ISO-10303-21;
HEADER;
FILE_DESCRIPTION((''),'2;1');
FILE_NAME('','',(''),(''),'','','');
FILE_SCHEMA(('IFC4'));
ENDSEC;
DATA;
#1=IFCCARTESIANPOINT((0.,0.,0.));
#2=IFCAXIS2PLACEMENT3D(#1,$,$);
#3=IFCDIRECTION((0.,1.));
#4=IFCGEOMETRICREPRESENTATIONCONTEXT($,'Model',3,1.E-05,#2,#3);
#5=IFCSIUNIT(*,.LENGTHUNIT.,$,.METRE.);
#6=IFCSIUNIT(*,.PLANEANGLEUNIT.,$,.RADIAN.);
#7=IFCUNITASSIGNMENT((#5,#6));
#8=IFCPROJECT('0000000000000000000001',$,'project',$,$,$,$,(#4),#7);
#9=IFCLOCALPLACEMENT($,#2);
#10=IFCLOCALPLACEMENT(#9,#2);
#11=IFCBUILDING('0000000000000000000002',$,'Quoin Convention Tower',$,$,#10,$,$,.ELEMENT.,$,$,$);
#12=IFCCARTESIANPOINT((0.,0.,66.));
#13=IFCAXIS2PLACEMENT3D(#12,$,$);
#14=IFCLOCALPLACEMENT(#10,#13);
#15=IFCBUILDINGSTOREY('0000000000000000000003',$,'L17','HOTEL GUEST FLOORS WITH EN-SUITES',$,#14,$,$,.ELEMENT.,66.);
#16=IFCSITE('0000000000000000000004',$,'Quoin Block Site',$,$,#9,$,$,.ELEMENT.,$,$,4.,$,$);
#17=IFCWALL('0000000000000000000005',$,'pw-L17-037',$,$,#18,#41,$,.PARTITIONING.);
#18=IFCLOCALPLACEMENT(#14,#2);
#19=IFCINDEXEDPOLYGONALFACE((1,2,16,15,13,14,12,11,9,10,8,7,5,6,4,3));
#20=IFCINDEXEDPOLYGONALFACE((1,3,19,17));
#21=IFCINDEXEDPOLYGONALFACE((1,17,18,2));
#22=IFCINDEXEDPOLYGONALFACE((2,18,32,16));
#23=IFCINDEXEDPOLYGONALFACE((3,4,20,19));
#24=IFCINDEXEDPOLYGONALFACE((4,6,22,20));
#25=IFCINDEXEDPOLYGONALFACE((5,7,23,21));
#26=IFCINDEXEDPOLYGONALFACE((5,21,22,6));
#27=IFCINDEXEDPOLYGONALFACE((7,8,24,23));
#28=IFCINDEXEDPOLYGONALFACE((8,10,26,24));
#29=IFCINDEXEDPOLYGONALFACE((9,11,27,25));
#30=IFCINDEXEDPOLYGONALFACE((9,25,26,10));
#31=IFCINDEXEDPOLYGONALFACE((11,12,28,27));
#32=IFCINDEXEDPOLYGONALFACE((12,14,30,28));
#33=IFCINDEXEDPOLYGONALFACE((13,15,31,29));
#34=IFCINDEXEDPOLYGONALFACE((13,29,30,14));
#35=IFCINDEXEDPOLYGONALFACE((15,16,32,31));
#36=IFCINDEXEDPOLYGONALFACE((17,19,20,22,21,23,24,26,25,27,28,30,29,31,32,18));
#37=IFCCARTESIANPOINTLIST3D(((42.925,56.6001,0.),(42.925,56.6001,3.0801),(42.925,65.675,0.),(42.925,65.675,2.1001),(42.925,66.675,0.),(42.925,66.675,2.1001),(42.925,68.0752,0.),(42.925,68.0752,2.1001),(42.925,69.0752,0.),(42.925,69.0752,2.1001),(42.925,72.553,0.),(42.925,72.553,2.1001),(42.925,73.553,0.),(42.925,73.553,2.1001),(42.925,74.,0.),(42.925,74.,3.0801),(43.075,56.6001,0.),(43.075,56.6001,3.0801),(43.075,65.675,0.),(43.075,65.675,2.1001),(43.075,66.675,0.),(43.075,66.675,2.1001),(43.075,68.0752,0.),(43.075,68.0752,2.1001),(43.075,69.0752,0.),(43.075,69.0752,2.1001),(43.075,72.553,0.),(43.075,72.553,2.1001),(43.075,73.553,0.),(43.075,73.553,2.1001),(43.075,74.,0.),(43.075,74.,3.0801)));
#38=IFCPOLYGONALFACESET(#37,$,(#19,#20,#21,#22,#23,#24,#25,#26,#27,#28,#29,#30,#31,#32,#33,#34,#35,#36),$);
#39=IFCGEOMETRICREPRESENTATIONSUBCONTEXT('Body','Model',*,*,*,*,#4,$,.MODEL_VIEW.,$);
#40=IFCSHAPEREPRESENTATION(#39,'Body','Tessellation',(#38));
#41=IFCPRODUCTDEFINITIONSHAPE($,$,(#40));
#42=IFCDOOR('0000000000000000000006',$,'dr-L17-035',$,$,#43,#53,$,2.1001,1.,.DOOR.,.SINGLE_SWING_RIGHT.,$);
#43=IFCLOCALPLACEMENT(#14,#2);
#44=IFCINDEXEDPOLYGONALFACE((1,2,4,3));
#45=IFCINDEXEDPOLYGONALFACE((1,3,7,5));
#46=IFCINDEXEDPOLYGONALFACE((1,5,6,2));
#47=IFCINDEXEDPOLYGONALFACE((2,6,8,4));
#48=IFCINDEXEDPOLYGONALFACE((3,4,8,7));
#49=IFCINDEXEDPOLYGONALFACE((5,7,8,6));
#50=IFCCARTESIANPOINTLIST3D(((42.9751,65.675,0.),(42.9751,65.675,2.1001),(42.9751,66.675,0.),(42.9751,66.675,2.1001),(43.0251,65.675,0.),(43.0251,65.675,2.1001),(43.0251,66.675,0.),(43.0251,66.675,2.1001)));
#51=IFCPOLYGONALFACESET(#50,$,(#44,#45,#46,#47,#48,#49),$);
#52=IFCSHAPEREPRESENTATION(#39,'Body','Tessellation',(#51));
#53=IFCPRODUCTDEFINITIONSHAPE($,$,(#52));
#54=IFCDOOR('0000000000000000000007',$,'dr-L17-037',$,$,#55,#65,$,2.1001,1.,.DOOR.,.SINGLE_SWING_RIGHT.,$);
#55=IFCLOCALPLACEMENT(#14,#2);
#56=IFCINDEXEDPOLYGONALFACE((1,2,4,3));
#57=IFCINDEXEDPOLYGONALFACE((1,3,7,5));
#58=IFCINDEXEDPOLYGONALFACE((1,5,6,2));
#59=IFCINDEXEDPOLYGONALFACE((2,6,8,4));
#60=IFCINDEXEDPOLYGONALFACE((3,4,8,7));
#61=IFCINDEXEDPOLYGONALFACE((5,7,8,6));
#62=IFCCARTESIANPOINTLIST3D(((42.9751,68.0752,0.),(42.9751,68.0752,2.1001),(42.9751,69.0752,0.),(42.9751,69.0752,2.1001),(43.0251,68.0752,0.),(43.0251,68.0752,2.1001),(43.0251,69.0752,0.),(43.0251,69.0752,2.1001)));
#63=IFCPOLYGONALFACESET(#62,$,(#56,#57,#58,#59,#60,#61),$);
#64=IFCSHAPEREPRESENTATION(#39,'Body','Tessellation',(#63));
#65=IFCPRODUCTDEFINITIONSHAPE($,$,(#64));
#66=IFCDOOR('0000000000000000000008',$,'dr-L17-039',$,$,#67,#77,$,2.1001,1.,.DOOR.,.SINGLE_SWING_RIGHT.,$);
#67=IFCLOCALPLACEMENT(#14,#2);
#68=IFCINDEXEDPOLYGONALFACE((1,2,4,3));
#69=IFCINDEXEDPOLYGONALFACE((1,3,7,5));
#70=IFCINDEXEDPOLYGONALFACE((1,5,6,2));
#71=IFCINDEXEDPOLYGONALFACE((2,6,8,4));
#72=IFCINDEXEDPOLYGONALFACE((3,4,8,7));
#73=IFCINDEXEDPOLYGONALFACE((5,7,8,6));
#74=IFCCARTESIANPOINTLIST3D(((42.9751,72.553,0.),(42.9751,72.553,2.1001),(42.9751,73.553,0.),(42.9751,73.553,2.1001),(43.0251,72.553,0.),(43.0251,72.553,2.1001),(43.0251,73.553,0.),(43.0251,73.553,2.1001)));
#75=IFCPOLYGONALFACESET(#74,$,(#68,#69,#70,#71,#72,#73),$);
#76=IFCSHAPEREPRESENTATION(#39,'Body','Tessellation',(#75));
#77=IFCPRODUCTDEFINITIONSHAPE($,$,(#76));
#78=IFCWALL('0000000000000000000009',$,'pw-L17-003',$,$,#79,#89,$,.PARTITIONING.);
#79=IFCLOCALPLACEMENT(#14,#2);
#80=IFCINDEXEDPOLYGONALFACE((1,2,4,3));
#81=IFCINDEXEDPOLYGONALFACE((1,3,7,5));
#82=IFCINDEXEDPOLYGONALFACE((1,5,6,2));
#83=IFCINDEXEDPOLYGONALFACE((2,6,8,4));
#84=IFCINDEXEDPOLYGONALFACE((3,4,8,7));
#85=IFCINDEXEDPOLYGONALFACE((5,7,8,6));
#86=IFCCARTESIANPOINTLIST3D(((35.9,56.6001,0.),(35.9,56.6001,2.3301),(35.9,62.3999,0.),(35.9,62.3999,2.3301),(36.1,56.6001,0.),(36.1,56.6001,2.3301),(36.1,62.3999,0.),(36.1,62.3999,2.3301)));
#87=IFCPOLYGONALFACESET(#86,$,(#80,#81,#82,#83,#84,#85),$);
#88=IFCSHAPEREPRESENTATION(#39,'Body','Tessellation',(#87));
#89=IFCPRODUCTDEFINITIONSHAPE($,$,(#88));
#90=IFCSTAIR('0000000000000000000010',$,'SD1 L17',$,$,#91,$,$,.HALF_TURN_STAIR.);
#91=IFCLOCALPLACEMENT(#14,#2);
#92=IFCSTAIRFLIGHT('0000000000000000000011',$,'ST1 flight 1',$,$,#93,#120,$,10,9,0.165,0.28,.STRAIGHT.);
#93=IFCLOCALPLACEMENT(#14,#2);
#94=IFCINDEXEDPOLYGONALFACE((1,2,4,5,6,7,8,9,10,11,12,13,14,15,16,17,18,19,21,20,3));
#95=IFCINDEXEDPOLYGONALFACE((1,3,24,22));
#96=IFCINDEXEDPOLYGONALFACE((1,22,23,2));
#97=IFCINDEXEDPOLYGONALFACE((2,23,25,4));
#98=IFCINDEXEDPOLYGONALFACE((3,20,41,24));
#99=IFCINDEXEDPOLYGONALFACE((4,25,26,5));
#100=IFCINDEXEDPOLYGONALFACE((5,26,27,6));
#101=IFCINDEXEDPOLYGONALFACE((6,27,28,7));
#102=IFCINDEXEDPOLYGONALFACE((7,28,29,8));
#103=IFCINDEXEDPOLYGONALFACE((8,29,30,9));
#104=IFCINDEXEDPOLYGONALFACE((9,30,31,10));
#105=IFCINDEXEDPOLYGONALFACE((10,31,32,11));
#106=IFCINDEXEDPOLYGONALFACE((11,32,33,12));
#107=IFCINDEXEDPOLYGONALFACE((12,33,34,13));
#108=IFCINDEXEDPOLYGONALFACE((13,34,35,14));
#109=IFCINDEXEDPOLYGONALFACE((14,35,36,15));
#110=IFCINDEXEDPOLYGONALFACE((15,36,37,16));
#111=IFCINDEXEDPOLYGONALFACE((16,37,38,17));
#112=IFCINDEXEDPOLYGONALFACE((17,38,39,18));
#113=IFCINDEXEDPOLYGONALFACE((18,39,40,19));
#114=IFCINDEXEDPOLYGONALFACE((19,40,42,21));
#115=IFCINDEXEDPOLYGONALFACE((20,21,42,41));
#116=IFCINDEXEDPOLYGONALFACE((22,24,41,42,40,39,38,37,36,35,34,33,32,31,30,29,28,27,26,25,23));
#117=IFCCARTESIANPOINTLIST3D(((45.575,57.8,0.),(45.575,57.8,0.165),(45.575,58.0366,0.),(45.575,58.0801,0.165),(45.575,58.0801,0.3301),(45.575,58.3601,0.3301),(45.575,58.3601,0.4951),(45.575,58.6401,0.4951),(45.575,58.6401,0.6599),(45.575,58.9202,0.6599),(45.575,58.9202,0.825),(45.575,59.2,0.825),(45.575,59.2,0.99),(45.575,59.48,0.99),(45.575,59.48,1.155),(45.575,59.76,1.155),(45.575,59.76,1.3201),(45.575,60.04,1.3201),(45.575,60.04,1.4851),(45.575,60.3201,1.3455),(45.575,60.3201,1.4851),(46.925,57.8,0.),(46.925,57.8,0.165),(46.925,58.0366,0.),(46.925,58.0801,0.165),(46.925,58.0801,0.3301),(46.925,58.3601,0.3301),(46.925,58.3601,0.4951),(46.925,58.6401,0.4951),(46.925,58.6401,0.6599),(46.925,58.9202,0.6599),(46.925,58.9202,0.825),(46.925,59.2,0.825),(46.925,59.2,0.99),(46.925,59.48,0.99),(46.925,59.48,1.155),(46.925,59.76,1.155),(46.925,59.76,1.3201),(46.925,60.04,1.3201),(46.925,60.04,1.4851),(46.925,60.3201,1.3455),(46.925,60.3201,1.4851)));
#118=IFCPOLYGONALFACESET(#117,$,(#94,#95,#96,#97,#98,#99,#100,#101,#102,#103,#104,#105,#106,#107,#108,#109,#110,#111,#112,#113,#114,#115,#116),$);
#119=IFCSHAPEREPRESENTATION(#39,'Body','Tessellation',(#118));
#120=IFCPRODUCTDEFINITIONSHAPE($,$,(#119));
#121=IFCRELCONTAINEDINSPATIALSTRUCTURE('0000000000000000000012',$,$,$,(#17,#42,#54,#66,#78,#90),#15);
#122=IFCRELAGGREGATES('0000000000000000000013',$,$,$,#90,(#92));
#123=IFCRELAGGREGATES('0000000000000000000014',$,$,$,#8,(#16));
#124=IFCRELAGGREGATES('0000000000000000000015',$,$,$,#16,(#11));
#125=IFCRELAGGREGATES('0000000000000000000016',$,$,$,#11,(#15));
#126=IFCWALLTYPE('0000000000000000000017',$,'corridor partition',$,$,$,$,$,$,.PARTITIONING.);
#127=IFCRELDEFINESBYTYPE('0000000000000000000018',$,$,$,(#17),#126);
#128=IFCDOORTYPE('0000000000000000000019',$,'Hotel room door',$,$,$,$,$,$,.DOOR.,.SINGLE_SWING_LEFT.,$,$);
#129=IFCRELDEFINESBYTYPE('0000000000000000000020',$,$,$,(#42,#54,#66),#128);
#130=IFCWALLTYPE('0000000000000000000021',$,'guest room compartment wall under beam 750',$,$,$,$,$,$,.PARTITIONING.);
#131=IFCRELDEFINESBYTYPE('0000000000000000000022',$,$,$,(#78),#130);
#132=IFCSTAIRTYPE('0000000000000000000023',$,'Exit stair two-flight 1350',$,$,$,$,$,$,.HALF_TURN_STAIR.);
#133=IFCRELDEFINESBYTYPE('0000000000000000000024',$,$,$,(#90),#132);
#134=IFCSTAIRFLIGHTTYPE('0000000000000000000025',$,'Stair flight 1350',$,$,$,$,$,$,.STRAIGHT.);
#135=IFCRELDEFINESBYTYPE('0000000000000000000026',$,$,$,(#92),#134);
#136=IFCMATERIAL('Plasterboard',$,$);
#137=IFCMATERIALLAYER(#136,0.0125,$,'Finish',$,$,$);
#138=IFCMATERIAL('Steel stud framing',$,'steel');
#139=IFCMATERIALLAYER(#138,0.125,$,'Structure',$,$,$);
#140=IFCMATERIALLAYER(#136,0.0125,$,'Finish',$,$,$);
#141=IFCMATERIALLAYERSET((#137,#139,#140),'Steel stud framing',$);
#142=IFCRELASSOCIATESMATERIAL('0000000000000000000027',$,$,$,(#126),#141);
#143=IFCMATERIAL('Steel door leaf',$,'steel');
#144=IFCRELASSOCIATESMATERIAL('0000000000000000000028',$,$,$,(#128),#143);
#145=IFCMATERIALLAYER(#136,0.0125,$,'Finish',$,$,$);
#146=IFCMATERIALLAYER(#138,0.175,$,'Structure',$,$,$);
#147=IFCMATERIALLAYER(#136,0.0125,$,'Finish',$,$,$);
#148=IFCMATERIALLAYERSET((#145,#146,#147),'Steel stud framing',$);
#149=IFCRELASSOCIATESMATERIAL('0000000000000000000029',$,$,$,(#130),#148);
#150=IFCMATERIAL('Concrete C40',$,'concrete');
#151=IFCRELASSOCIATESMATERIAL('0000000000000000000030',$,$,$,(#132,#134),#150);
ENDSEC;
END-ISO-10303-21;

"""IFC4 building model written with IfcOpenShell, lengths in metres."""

from ifc_helpers import new_model, si_unit, direction, frame, frame_2d, origin, place, context, subcontext, project, spatial, polyline, rectangle, outline, extrude, material, layer, layer_set, type_object, element, fill, aggregate, save


model = new_model("IFC4")

# Units and contexts
model_context = context("Model", 3, precision=1e-05, world=origin(), true_north=direction((0.0, 1.0)))
body_context = subcontext(model_context, "Body", "Model", "MODEL_VIEW")
ifc_project = project(units=[si_unit("LENGTHUNIT", "METRE"), si_unit("PLANEANGLEUNIT", "RADIAN")], contexts=[model_context])

# Site, building, storey
site_placement = place(None, origin())
site = spatial("IfcSite", under=ifc_project, at=site_placement, Name="Quoin Block Site", CompositionType="ELEMENT", RefElevation=4.0)
building_placement = place(site_placement, origin())
building = spatial("IfcBuilding", under=site, at=building_placement, Name="Quoin Convention Tower", CompositionType="ELEMENT")
storey_placement = place(building_placement, frame((0.0, 0.0, 66.0)))
storey = spatial("IfcBuildingStorey", under=building, at=storey_placement, Name="L17", Description="HOTEL GUEST FLOORS WITH EN-SUITES", CompositionType="ELEMENT", Elevation=66.0)

# Shared definitions
ifc_material_1 = material(Name="Plasterboard")
ifc_material_2 = material(Name="Steel stud framing", Category="steel")
ifc_material_3 = material(Name="Steel door leaf", Category="steel")

# Shared definitions
ifc_layer_1 = layer(ifc_material_1, 0.0125, Name="Finish")
ifc_layer_2 = layer(ifc_material_2, 0.125, Name="Structure")
ifc_layer_3 = layer(ifc_material_1, 0.0125, Name="Finish")
ifc_layer_set_1 = layer_set([ifc_layer_1, ifc_layer_2, ifc_layer_3], Name="Steel stud framing")
wall_type_1 = type_object("IfcWallType", Name="corridor partition", PredefinedType="PARTITIONING", material=ifc_layer_set_1)

# Wall, openings, doors
wall_1_placement = place(storey_placement, frame((43.0, 56.6001, 0.0), z_axis=(0.0, 0.0, 1.0), x_axis=(0.0, 1.0, 0.0)))
wall_1 = element("IfcWall", 1, at=wall_1_placement, inside=storey, type_object=wall_type_1, Name="pw-L17-037", PredefinedType="PARTITIONING", context=body_context, shape_type="SweptSolid", body=[
    extrude(rectangle(XDim=17.3999, YDim=0.1499, at=frame_2d((8.7, 0.0))), origin(), (0.0, 0.0, 1.0), 3.0801),
])
opening_1_placement = place(wall_1_placement, frame((9.075, 0.0, 0.0)))
opening_1 = element("IfcOpeningElement", 2, at=opening_1_placement, cuts=wall_1, PredefinedType="OPENING", context=body_context, shape_type="SweptSolid", body=[
    extrude(rectangle(XDim=1.0, YDim=2.1001, at=frame_2d((0.5, 1.05))), frame((0.0, 0.085, 0.0), z_axis=(0.0, -1.0, 0.0), x_axis=(1.0, 0.0, 0.0)), (0.0, 0.0, 1.0), 0.1699),
])
opening_2_placement = place(wall_1_placement, frame((11.4751, 0.0, 0.0)))
opening_2 = element("IfcOpeningElement", 3, at=opening_2_placement, cuts=wall_1, PredefinedType="OPENING", context=body_context, shape_type="SweptSolid", body=[
    extrude(rectangle(XDim=1.0, YDim=2.1001, at=frame_2d((0.5, 1.05))), frame((0.0, 0.085, 0.0), z_axis=(0.0, -1.0, 0.0), x_axis=(1.0, 0.0, 0.0)), (0.0, 0.0, 1.0), 0.1699),
])
opening_3_placement = place(wall_1_placement, frame((15.9529, 0.0, 0.0)))
opening_3 = element("IfcOpeningElement", 4, at=opening_3_placement, cuts=wall_1, PredefinedType="OPENING", context=body_context, shape_type="SweptSolid", body=[
    extrude(rectangle(XDim=1.0, YDim=2.1001, at=frame_2d((0.5, 1.05))), frame((0.0, 0.085, 0.0), z_axis=(0.0, -1.0, 0.0), x_axis=(1.0, 0.0, 0.0)), (0.0, 0.0, 1.0), 0.1699),
])
door_type_1 = type_object("IfcDoorType", Name="Hotel room door", OperationType="SINGLE_SWING_LEFT", PredefinedType="DOOR", material=ifc_material_3)
door_1_placement = place(opening_1_placement, origin())
door_1 = element("IfcDoor", 5, at=door_1_placement, inside=storey, type_object=door_type_1, Name="dr-L17-035", OperationType="SINGLE_SWING_RIGHT", OverallHeight=2.1001, OverallWidth=1.0, PredefinedType="DOOR", context=body_context, shape_type="SweptSolid", body=[
    extrude(rectangle(XDim=1.0, YDim=2.1001, at=frame_2d((0.5, 1.05))), frame((0.0, 0.0249, 0.0), z_axis=(0.0, -1.0, 0.0), x_axis=(1.0, 0.0, 0.0)), (0.0, 0.0, 1.0), 0.05),
])
fill(opening_1, door_1)
door_2_placement = place(opening_2_placement, origin())
door_2 = element("IfcDoor", 6, at=door_2_placement, inside=storey, type_object=door_type_1, Name="dr-L17-037", OperationType="SINGLE_SWING_RIGHT", OverallHeight=2.1001, OverallWidth=1.0, PredefinedType="DOOR", context=body_context, shape_type="SweptSolid", body=[
    extrude(rectangle(XDim=1.0, YDim=2.1001, at=frame_2d((0.5, 1.05))), frame((0.0, 0.0249, 0.0), z_axis=(0.0, -1.0, 0.0), x_axis=(1.0, 0.0, 0.0)), (0.0, 0.0, 1.0), 0.05),
])
fill(opening_2, door_2)
door_3_placement = place(opening_3_placement, origin())
door_3 = element("IfcDoor", 7, at=door_3_placement, inside=storey, type_object=door_type_1, Name="dr-L17-039", OperationType="SINGLE_SWING_RIGHT", OverallHeight=2.1001, OverallWidth=1.0, PredefinedType="DOOR", context=body_context, shape_type="SweptSolid", body=[
    extrude(rectangle(XDim=1.0, YDim=2.1001, at=frame_2d((0.5, 1.05))), frame((0.0, 0.0249, 0.0), z_axis=(0.0, -1.0, 0.0), x_axis=(1.0, 0.0, 0.0)), (0.0, 0.0, 1.0), 0.05),
])
fill(opening_3, door_3)

# Wall
ifc_layer_4 = layer(ifc_material_1, 0.0125, Name="Finish")
ifc_layer_5 = layer(ifc_material_2, 0.175, Name="Structure")
ifc_layer_6 = layer(ifc_material_1, 0.0125, Name="Finish")
ifc_layer_set_2 = layer_set([ifc_layer_4, ifc_layer_5, ifc_layer_6], Name="Steel stud framing")
wall_type_2 = type_object("IfcWallType", Name="guest room compartment wall under beam 750", PredefinedType="PARTITIONING", material=ifc_layer_set_2)
wall_2_placement = place(storey_placement, frame((36.0, 56.6001, 0.0), z_axis=(0.0, 0.0, 1.0), x_axis=(0.0, 1.0, 0.0)))
element("IfcWall", 8, at=wall_2_placement, inside=storey, type_object=wall_type_2, Name="pw-L17-003", PredefinedType="PARTITIONING", context=body_context, shape_type="SweptSolid", body=[
    extrude(rectangle(XDim=5.7998, YDim=0.2, at=frame_2d((2.8999, 0.0))), origin(), (0.0, 0.0, 1.0), 2.3301),
])

# Stair, stair flight
ifc_material_4 = material(Name="Concrete C40", Category="concrete")
stair_type = type_object("IfcStairType", Name="Exit stair two-flight 1350", PredefinedType="HALF_TURN_STAIR", material=ifc_material_4)
stair_placement = place(storey_placement, origin())
stair = element("IfcStair", 9, at=stair_placement, inside=storey, type_object=stair_type, Name="SD1 L17", PredefinedType="HALF_TURN_STAIR")
stair_flight_type = type_object("IfcStairFlightType", Name="Stair flight 1350", PredefinedType="STRAIGHT", material=ifc_material_4)
stair_flight_placement = place(storey_placement, frame((46.25, 57.8, 0.0), z_axis=(0.0, 0.0, 1.0), x_axis=(0.0, 1.0, 0.0)))
stair_flight = element("IfcStairFlight", 10, at=stair_flight_placement, type_object=stair_flight_type, Name="ST1 flight 1", NumberOfRisers=10, NumberOfTreads=9, PredefinedType="STRAIGHT", RiserHeight=0.165, TreadLength=0.28, context=body_context, shape_type="SweptSolid", body=[
    extrude(outline(polyline([(0.0, 0.0), (0.0, 0.165), (0.28, 0.165), (0.28, 0.3301), (0.5601, 0.3301), (0.5601, 0.4951), (0.8401, 0.4951), (0.8401, 0.6599), (1.1201, 0.6599), (1.1201, 0.825), (1.3999, 0.825), (1.3999, 0.99), (1.6799, 0.99), (1.6799, 1.155), (1.96, 1.155), (1.96, 1.3201), (2.24, 1.3201), (2.24, 1.4851), (2.52, 1.4851), (2.52, 1.6499), (2.52, 1.3455), (0.2366, 0.0), (0.0, 0.0)])), frame((0.0, 0.675, 0.0), z_axis=(0.0, -1.0, 0.0), x_axis=(1.0, 0.0, 0.0)), (0.0, 0.0, 1.0), 1.3501),
])
aggregate(stair, [stair_flight])

save(model, "model.ifc")
